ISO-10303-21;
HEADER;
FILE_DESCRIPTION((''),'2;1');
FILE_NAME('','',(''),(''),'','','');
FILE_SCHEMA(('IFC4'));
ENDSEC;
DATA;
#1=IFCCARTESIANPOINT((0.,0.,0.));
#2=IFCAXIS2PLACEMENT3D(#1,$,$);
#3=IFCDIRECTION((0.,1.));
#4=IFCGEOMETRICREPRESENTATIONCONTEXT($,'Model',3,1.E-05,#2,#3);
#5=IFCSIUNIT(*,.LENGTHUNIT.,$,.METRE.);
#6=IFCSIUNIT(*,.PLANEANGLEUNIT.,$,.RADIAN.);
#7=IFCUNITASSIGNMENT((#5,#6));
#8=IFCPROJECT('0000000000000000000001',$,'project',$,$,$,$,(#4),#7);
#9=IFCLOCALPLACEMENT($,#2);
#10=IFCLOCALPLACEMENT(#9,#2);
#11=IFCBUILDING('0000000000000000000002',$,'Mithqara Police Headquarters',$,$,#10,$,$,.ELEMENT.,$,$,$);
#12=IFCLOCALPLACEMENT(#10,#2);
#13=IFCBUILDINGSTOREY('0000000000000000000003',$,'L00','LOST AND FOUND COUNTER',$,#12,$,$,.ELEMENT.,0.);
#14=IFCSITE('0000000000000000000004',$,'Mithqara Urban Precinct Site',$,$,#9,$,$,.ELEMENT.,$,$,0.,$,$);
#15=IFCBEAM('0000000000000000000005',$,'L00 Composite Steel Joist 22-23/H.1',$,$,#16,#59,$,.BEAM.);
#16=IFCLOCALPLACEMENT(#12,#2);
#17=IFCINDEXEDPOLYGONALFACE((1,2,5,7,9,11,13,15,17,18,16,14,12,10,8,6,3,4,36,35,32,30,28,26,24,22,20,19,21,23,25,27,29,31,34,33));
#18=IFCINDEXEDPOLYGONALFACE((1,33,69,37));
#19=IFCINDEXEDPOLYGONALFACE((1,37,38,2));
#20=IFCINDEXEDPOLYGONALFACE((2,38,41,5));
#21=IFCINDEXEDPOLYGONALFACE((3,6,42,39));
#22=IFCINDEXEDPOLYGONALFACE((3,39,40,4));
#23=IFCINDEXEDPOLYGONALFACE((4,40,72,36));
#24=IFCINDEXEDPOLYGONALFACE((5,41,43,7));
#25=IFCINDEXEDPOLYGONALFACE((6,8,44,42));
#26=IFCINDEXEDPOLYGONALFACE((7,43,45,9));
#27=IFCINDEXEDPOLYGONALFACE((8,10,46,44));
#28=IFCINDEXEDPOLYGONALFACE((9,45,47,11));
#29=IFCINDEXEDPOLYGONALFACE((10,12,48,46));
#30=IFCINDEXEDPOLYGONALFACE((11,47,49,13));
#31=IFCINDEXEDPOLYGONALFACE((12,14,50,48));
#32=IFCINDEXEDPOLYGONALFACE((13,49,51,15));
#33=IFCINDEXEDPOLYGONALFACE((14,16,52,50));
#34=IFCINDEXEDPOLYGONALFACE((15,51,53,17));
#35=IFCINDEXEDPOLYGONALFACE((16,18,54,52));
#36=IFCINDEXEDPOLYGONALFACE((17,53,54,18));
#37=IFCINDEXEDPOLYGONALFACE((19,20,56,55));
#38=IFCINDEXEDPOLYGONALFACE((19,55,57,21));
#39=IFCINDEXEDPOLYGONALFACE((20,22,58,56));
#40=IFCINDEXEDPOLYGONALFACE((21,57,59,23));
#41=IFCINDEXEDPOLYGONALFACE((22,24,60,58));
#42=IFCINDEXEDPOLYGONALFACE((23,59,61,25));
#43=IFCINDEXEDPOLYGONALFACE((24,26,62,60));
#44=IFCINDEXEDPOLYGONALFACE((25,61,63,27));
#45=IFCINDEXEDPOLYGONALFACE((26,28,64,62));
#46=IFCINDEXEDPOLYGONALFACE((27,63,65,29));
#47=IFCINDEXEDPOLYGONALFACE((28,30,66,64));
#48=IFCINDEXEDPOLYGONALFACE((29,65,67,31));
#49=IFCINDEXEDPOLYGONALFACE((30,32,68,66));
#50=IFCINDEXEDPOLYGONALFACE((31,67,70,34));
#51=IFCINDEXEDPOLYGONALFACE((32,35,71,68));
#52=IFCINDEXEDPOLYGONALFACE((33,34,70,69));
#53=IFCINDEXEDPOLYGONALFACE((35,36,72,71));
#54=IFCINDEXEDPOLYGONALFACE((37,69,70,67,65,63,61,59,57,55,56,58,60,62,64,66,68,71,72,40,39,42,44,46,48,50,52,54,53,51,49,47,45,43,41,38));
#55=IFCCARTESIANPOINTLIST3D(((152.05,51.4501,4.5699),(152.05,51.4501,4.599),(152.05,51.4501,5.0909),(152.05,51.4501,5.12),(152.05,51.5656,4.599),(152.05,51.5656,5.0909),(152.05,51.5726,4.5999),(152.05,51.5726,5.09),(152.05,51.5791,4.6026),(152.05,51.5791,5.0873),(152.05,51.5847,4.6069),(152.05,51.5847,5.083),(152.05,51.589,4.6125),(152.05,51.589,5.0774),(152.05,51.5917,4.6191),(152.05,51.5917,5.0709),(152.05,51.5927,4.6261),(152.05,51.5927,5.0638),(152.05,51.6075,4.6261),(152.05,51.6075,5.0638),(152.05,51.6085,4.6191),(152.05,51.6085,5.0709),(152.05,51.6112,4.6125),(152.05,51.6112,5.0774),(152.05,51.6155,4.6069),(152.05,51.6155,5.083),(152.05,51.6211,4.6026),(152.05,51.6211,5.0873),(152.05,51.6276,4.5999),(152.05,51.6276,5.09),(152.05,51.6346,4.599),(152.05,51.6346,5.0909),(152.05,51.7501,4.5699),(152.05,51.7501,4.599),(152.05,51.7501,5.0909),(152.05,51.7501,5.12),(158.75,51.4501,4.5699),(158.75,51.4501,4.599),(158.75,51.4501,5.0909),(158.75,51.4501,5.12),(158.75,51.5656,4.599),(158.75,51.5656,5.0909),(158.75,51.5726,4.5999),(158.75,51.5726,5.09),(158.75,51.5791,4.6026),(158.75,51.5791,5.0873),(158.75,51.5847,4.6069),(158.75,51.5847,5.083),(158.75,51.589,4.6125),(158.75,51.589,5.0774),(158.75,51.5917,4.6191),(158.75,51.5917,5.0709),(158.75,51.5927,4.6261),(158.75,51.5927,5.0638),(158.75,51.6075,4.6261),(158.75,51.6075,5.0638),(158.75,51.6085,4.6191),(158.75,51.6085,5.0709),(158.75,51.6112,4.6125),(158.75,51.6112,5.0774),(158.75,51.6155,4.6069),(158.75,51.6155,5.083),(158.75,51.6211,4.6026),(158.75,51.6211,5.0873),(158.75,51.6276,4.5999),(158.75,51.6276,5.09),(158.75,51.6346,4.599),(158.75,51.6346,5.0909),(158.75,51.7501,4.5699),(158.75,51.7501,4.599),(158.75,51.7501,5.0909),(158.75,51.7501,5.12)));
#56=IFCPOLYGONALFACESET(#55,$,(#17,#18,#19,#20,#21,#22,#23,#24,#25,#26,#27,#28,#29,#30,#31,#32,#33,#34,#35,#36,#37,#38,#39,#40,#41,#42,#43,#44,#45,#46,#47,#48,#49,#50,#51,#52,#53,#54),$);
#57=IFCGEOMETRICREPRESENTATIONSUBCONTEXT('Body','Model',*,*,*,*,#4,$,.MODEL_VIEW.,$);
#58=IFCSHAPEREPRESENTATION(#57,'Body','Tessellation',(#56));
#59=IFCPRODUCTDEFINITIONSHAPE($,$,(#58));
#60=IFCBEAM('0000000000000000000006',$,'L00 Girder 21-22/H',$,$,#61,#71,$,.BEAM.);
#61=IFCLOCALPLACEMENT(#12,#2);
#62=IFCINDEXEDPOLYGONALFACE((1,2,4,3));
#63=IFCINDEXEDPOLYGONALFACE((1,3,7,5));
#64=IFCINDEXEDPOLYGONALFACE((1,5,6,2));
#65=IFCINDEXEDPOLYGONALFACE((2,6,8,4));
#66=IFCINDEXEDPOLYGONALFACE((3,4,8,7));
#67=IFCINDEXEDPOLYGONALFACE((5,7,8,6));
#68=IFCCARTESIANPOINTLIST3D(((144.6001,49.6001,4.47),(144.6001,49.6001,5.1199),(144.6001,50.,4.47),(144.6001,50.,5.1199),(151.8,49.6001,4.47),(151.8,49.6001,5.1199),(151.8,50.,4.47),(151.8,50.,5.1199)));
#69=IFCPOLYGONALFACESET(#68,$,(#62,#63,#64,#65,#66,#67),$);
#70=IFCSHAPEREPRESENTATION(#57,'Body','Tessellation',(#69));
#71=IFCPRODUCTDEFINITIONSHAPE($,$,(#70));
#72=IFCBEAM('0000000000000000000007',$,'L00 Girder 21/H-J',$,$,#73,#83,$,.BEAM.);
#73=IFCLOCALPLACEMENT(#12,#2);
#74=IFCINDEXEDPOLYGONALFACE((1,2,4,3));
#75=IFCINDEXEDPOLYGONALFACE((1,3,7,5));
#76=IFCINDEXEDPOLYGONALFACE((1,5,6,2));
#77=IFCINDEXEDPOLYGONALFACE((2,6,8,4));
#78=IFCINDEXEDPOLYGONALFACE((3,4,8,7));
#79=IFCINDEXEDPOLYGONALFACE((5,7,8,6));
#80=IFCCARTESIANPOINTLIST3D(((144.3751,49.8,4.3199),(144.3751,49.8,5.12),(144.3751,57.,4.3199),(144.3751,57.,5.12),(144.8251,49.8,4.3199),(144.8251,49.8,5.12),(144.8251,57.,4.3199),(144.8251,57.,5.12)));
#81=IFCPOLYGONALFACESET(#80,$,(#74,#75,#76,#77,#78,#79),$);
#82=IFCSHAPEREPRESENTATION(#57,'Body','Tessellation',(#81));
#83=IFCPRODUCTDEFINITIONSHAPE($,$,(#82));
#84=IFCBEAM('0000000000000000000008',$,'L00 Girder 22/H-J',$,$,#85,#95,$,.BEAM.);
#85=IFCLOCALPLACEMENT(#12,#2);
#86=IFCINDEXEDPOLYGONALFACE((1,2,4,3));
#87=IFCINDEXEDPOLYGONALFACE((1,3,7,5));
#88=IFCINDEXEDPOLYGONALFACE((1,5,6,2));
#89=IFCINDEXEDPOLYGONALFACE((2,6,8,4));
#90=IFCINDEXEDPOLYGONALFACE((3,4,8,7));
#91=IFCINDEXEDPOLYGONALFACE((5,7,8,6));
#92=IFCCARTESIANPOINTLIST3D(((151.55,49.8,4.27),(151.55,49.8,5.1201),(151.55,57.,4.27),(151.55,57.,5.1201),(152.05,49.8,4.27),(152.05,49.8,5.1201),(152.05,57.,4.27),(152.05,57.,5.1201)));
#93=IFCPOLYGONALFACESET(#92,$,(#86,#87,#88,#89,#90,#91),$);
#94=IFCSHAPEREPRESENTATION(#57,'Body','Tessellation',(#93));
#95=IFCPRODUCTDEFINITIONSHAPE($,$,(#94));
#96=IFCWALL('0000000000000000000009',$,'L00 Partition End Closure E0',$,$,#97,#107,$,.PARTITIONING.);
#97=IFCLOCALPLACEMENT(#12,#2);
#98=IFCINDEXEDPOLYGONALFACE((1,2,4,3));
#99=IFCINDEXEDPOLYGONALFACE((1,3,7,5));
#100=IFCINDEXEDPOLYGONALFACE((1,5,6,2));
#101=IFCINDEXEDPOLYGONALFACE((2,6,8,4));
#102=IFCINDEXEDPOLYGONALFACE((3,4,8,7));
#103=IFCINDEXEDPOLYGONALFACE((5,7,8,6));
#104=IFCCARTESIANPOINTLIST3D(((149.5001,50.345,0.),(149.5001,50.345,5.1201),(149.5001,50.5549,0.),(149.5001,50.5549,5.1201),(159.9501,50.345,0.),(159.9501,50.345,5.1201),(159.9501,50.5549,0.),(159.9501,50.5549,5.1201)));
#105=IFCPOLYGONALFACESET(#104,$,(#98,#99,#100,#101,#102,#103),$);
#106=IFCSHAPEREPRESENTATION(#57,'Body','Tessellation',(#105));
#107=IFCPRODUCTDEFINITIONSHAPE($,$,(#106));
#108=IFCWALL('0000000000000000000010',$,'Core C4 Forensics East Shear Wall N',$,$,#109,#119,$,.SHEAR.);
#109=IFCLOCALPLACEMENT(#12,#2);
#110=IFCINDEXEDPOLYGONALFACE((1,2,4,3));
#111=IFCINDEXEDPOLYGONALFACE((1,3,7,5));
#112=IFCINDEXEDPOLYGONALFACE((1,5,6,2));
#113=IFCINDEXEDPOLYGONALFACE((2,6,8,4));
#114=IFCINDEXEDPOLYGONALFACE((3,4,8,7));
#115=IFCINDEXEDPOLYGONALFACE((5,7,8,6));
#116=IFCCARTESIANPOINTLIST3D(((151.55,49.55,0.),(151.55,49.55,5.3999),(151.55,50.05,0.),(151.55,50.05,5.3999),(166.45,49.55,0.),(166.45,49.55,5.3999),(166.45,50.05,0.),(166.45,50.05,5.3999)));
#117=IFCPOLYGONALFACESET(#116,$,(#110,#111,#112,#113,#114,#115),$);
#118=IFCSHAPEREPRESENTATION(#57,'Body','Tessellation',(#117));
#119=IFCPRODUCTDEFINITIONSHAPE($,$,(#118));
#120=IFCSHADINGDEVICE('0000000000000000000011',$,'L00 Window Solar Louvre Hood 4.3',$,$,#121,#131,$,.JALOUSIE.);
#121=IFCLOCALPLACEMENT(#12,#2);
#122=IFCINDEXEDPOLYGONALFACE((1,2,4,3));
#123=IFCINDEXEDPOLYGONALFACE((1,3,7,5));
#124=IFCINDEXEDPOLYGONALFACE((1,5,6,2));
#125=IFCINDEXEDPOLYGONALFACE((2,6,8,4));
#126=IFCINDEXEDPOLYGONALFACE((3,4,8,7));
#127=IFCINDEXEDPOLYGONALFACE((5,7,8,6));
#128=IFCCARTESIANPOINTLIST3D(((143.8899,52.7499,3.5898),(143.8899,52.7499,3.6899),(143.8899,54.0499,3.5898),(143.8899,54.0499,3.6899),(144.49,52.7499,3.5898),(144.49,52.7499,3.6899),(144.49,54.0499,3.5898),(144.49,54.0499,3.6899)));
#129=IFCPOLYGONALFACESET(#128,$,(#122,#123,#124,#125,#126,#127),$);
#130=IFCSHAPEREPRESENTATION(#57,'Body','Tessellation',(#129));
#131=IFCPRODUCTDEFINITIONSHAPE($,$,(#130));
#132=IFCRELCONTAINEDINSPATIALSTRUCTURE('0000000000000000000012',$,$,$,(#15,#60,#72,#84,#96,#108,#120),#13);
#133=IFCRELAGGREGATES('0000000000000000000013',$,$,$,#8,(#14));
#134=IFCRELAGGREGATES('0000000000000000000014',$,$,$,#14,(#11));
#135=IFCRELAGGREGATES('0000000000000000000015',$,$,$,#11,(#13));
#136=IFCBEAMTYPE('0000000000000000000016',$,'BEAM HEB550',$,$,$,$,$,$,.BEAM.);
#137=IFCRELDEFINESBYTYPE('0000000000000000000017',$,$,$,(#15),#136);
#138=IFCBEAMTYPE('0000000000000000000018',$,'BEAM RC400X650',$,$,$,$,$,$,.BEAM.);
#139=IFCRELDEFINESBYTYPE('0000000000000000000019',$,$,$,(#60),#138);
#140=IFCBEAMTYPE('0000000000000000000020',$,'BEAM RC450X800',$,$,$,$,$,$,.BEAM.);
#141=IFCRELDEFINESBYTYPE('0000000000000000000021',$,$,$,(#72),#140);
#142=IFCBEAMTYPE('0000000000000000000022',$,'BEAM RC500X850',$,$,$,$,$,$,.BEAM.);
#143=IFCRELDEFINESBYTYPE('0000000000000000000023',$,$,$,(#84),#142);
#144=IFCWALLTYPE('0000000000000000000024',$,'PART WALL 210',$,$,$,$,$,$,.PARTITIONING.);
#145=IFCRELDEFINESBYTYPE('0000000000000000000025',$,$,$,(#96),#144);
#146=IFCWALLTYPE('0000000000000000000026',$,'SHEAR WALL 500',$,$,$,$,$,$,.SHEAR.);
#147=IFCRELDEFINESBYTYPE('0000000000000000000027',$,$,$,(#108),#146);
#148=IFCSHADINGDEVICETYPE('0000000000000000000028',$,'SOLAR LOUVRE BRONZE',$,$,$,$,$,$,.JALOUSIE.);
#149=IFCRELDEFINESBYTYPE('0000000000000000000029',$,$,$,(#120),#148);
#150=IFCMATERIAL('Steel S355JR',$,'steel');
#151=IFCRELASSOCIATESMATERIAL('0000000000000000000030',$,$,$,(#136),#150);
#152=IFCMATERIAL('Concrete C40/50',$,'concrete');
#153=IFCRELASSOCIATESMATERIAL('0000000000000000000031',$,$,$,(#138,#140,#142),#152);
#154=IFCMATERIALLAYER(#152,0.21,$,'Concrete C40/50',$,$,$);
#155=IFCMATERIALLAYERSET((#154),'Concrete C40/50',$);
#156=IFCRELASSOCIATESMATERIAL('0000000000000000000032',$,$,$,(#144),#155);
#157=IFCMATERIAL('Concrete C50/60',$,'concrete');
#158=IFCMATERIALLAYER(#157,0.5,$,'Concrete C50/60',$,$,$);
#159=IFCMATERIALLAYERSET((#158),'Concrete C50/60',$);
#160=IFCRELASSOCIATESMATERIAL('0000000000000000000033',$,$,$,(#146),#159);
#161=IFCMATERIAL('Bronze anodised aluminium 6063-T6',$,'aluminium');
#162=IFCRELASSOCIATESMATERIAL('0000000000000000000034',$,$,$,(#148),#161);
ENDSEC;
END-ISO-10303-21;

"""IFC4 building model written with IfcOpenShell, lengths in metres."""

from ifc_helpers import new_model, si_unit, direction, frame, frame_2d, origin, origin_2d, place, context, subcontext, project, spatial, rectangle, i_section, extrude, material, layer, layer_set, material_profile, profile_set, type_object, element, save


model = new_model("IFC4")

# Units and contexts
model_context = context("Model", 3, precision=1e-05, world=origin(), true_north=direction((0.0, 1.0)))
body_context = subcontext(model_context, "Body", "Model", "MODEL_VIEW")
ifc_project = project(units=[si_unit("LENGTHUNIT", "METRE"), si_unit("PLANEANGLEUNIT", "RADIAN")], contexts=[model_context])

# Site, building, storey
site_placement = place(None, origin())
site = spatial("IfcSite", under=ifc_project, at=site_placement, Name="Mithqara Urban Precinct Site", CompositionType="ELEMENT", RefElevation=0.0)
building_placement = place(site_placement, origin())
building = spatial("IfcBuilding", under=site, at=building_placement, Name="Mithqara Police Headquarters", CompositionType="ELEMENT")
storey_placement = place(building_placement, origin())
storey = spatial("IfcBuildingStorey", under=building, at=storey_placement, Name="L00", Description="LOST AND FOUND COUNTER", CompositionType="ELEMENT", Elevation=0.0)

# Shared definitions
ifc_material_1 = material(Name="Concrete C50/60", Category="concrete")

# Beams
ifc_material_2 = material(Name="Steel S355JR", Category="steel")
ifc_material_profile_1 = material_profile(ifc_material_2, i_section(OverallWidth=0.3, OverallDepth=0.55, WebThickness=0.0149, FlangeThickness=0.0291, FilletRadius=0.0271, at=origin_2d()), Name="HEB 550")
ifc_profile_set_1 = profile_set([ifc_material_profile_1], Name="Steel S355JR")
beam_type_1 = type_object("IfcBeamType", Name="BEAM HEB550", PredefinedType="BEAM", material=ifc_profile_set_1)
beam_1_placement = place(storey_placement, frame((152.05, 51.6001, 4.845), z_axis=(1.0, 0.0, 0.0), x_axis=(0.0, 1.0, 0.0)))
element("IfcBeam", 1, at=beam_1_placement, inside=storey, type_object=beam_type_1, Name="L00 Composite Steel Joist 22-23/H.1", PredefinedType="BEAM", context=body_context, shape_type="SweptSolid", body=[
    extrude(i_section(OverallWidth=0.3, OverallDepth=0.55, WebThickness=0.0149, FlangeThickness=0.0291, FilletRadius=0.0271, at=origin_2d()), origin(), (0.0, 0.0, 1.0), 6.7),
])
ifc_material_3 = material(Name="Concrete C40/50", Category="concrete")
ifc_material_profile_2 = material_profile(ifc_material_3, rectangle(XDim=0.3999, YDim=0.6499, at=origin_2d()), Name="RC 400x650")
ifc_profile_set_2 = profile_set([ifc_material_profile_2], Name="Concrete C40/50")
beam_type_2 = type_object("IfcBeamType", Name="BEAM RC400X650", PredefinedType="BEAM", material=ifc_profile_set_2)
beam_2_placement = place(storey_placement, frame((144.6001, 49.8, 4.7949), z_axis=(1.0, 0.0, 0.0), x_axis=(0.0, 1.0, 0.0)))
element("IfcBeam", 2, at=beam_2_placement, inside=storey, type_object=beam_type_2, Name="L00 Girder 21-22/H", PredefinedType="BEAM", context=body_context, shape_type="SweptSolid", body=[
    extrude(rectangle(XDim=0.3999, YDim=0.6499, at=origin_2d()), origin(), (0.0, 0.0, 1.0), 7.2),
])
ifc_material_profile_3 = material_profile(ifc_material_3, rectangle(XDim=0.45, YDim=0.8, at=origin_2d()), Name="RC 450x800")
ifc_profile_set_3 = profile_set([ifc_material_profile_3], Name="Concrete C40/50")
beam_type_3 = type_object("IfcBeamType", Name="BEAM RC450X800", PredefinedType="BEAM", material=ifc_profile_set_3)
beam_3_placement = place(storey_placement, frame((144.6001, 49.8, 4.72), z_axis=(0.0, 1.0, 0.0), x_axis=(-1.0, 0.0, 0.0)))
element("IfcBeam", 3, at=beam_3_placement, inside=storey, type_object=beam_type_3, Name="L00 Girder 21/H-J", PredefinedType="BEAM", context=body_context, shape_type="SweptSolid", body=[
    extrude(rectangle(XDim=0.45, YDim=0.8, at=origin_2d()), origin(), (0.0, 0.0, 1.0), 7.2),
])
ifc_material_profile_4 = material_profile(ifc_material_3, rectangle(XDim=0.5, YDim=0.8501, at=origin_2d()), Name="RC 500x850")
ifc_profile_set_4 = profile_set([ifc_material_profile_4], Name="Concrete C40/50")
beam_type_4 = type_object("IfcBeamType", Name="BEAM RC500X850", PredefinedType="BEAM", material=ifc_profile_set_4)
beam_4_placement = place(storey_placement, frame((151.8, 49.8, 4.6951), z_axis=(0.0, 1.0, 0.0), x_axis=(-1.0, 0.0, 0.0)))
element("IfcBeam", 4, at=beam_4_placement, inside=storey, type_object=beam_type_4, Name="L00 Girder 22/H-J", PredefinedType="BEAM", context=body_context, shape_type="SweptSolid", body=[
    extrude(rectangle(XDim=0.5, YDim=0.8501, at=origin_2d()), origin(), (0.0, 0.0, 1.0), 7.2),
])

# Walls
ifc_layer_1 = layer(ifc_material_3, 0.21, Name="Concrete C40/50")
ifc_layer_set_1 = layer_set([ifc_layer_1], Name="Concrete C40/50")
wall_type_1 = type_object("IfcWallType", Name="PART WALL 210", PredefinedType="PARTITIONING", material=ifc_layer_set_1)
wall_1_placement = place(storey_placement, frame((149.5, 50.45, 0.0), z_axis=(0.0, 0.0, 1.0), x_axis=(1.0, 0.0, 0.0)))
element("IfcWall", 5, at=wall_1_placement, inside=storey, type_object=wall_type_1, Name="L00 Partition End Closure E0", PredefinedType="PARTITIONING", context=body_context, shape_type="SweptSolid", body=[
    extrude(rectangle(XDim=10.45, YDim=0.21, at=frame_2d((5.2251, 0.0))), origin(), (0.0, 0.0, 1.0), 5.1201),
])
ifc_layer_2 = layer(ifc_material_1, 0.5, Name="Concrete C50/60")
ifc_layer_set_2 = layer_set([ifc_layer_2], Name="Concrete C50/60")
wall_type_2 = type_object("IfcWallType", Name="SHEAR WALL 500", PredefinedType="SHEAR", material=ifc_layer_set_2)
wall_2_placement = place(storey_placement, frame((151.55, 49.8, 0.0), z_axis=(0.0, 0.0, 1.0), x_axis=(1.0, 0.0, 0.0)))
element("IfcWall", 6, at=wall_2_placement, inside=storey, type_object=wall_type_2, Name="Core C4 Forensics East Shear Wall N", PredefinedType="SHEAR", context=body_context, shape_type="SweptSolid", body=[
    extrude(rectangle(XDim=14.8999, YDim=0.5, at=frame_2d((7.45, 0.0))), origin(), (0.0, 0.0, 1.0), 5.3999),
])

# Shading device
ifc_material_4 = material(Name="Bronze anodised aluminium 6063-T6", Category="aluminium")
shading_device_type = type_object("IfcShadingDeviceType", Name="SOLAR LOUVRE BRONZE", PredefinedType="JALOUSIE", material=ifc_material_4)
shading_device_placement = place(storey_placement, frame((144.1899, 53.3999, 3.5898), z_axis=(0.0, 0.0, 1.0), x_axis=(0.0, 1.0, 0.0)))
element("IfcShadingDevice", 7, at=shading_device_placement, inside=storey, type_object=shading_device_type, Name="L00 Window Solar Louvre Hood 4.3", PredefinedType="JALOUSIE", context=body_context, shape_type="SweptSolid", body=[
    extrude(rectangle(XDim=1.3, YDim=0.6001, at=origin_2d()), origin(), (0.0, 0.0, 1.0), 0.1001),
])

save(model, "model.ifc")
